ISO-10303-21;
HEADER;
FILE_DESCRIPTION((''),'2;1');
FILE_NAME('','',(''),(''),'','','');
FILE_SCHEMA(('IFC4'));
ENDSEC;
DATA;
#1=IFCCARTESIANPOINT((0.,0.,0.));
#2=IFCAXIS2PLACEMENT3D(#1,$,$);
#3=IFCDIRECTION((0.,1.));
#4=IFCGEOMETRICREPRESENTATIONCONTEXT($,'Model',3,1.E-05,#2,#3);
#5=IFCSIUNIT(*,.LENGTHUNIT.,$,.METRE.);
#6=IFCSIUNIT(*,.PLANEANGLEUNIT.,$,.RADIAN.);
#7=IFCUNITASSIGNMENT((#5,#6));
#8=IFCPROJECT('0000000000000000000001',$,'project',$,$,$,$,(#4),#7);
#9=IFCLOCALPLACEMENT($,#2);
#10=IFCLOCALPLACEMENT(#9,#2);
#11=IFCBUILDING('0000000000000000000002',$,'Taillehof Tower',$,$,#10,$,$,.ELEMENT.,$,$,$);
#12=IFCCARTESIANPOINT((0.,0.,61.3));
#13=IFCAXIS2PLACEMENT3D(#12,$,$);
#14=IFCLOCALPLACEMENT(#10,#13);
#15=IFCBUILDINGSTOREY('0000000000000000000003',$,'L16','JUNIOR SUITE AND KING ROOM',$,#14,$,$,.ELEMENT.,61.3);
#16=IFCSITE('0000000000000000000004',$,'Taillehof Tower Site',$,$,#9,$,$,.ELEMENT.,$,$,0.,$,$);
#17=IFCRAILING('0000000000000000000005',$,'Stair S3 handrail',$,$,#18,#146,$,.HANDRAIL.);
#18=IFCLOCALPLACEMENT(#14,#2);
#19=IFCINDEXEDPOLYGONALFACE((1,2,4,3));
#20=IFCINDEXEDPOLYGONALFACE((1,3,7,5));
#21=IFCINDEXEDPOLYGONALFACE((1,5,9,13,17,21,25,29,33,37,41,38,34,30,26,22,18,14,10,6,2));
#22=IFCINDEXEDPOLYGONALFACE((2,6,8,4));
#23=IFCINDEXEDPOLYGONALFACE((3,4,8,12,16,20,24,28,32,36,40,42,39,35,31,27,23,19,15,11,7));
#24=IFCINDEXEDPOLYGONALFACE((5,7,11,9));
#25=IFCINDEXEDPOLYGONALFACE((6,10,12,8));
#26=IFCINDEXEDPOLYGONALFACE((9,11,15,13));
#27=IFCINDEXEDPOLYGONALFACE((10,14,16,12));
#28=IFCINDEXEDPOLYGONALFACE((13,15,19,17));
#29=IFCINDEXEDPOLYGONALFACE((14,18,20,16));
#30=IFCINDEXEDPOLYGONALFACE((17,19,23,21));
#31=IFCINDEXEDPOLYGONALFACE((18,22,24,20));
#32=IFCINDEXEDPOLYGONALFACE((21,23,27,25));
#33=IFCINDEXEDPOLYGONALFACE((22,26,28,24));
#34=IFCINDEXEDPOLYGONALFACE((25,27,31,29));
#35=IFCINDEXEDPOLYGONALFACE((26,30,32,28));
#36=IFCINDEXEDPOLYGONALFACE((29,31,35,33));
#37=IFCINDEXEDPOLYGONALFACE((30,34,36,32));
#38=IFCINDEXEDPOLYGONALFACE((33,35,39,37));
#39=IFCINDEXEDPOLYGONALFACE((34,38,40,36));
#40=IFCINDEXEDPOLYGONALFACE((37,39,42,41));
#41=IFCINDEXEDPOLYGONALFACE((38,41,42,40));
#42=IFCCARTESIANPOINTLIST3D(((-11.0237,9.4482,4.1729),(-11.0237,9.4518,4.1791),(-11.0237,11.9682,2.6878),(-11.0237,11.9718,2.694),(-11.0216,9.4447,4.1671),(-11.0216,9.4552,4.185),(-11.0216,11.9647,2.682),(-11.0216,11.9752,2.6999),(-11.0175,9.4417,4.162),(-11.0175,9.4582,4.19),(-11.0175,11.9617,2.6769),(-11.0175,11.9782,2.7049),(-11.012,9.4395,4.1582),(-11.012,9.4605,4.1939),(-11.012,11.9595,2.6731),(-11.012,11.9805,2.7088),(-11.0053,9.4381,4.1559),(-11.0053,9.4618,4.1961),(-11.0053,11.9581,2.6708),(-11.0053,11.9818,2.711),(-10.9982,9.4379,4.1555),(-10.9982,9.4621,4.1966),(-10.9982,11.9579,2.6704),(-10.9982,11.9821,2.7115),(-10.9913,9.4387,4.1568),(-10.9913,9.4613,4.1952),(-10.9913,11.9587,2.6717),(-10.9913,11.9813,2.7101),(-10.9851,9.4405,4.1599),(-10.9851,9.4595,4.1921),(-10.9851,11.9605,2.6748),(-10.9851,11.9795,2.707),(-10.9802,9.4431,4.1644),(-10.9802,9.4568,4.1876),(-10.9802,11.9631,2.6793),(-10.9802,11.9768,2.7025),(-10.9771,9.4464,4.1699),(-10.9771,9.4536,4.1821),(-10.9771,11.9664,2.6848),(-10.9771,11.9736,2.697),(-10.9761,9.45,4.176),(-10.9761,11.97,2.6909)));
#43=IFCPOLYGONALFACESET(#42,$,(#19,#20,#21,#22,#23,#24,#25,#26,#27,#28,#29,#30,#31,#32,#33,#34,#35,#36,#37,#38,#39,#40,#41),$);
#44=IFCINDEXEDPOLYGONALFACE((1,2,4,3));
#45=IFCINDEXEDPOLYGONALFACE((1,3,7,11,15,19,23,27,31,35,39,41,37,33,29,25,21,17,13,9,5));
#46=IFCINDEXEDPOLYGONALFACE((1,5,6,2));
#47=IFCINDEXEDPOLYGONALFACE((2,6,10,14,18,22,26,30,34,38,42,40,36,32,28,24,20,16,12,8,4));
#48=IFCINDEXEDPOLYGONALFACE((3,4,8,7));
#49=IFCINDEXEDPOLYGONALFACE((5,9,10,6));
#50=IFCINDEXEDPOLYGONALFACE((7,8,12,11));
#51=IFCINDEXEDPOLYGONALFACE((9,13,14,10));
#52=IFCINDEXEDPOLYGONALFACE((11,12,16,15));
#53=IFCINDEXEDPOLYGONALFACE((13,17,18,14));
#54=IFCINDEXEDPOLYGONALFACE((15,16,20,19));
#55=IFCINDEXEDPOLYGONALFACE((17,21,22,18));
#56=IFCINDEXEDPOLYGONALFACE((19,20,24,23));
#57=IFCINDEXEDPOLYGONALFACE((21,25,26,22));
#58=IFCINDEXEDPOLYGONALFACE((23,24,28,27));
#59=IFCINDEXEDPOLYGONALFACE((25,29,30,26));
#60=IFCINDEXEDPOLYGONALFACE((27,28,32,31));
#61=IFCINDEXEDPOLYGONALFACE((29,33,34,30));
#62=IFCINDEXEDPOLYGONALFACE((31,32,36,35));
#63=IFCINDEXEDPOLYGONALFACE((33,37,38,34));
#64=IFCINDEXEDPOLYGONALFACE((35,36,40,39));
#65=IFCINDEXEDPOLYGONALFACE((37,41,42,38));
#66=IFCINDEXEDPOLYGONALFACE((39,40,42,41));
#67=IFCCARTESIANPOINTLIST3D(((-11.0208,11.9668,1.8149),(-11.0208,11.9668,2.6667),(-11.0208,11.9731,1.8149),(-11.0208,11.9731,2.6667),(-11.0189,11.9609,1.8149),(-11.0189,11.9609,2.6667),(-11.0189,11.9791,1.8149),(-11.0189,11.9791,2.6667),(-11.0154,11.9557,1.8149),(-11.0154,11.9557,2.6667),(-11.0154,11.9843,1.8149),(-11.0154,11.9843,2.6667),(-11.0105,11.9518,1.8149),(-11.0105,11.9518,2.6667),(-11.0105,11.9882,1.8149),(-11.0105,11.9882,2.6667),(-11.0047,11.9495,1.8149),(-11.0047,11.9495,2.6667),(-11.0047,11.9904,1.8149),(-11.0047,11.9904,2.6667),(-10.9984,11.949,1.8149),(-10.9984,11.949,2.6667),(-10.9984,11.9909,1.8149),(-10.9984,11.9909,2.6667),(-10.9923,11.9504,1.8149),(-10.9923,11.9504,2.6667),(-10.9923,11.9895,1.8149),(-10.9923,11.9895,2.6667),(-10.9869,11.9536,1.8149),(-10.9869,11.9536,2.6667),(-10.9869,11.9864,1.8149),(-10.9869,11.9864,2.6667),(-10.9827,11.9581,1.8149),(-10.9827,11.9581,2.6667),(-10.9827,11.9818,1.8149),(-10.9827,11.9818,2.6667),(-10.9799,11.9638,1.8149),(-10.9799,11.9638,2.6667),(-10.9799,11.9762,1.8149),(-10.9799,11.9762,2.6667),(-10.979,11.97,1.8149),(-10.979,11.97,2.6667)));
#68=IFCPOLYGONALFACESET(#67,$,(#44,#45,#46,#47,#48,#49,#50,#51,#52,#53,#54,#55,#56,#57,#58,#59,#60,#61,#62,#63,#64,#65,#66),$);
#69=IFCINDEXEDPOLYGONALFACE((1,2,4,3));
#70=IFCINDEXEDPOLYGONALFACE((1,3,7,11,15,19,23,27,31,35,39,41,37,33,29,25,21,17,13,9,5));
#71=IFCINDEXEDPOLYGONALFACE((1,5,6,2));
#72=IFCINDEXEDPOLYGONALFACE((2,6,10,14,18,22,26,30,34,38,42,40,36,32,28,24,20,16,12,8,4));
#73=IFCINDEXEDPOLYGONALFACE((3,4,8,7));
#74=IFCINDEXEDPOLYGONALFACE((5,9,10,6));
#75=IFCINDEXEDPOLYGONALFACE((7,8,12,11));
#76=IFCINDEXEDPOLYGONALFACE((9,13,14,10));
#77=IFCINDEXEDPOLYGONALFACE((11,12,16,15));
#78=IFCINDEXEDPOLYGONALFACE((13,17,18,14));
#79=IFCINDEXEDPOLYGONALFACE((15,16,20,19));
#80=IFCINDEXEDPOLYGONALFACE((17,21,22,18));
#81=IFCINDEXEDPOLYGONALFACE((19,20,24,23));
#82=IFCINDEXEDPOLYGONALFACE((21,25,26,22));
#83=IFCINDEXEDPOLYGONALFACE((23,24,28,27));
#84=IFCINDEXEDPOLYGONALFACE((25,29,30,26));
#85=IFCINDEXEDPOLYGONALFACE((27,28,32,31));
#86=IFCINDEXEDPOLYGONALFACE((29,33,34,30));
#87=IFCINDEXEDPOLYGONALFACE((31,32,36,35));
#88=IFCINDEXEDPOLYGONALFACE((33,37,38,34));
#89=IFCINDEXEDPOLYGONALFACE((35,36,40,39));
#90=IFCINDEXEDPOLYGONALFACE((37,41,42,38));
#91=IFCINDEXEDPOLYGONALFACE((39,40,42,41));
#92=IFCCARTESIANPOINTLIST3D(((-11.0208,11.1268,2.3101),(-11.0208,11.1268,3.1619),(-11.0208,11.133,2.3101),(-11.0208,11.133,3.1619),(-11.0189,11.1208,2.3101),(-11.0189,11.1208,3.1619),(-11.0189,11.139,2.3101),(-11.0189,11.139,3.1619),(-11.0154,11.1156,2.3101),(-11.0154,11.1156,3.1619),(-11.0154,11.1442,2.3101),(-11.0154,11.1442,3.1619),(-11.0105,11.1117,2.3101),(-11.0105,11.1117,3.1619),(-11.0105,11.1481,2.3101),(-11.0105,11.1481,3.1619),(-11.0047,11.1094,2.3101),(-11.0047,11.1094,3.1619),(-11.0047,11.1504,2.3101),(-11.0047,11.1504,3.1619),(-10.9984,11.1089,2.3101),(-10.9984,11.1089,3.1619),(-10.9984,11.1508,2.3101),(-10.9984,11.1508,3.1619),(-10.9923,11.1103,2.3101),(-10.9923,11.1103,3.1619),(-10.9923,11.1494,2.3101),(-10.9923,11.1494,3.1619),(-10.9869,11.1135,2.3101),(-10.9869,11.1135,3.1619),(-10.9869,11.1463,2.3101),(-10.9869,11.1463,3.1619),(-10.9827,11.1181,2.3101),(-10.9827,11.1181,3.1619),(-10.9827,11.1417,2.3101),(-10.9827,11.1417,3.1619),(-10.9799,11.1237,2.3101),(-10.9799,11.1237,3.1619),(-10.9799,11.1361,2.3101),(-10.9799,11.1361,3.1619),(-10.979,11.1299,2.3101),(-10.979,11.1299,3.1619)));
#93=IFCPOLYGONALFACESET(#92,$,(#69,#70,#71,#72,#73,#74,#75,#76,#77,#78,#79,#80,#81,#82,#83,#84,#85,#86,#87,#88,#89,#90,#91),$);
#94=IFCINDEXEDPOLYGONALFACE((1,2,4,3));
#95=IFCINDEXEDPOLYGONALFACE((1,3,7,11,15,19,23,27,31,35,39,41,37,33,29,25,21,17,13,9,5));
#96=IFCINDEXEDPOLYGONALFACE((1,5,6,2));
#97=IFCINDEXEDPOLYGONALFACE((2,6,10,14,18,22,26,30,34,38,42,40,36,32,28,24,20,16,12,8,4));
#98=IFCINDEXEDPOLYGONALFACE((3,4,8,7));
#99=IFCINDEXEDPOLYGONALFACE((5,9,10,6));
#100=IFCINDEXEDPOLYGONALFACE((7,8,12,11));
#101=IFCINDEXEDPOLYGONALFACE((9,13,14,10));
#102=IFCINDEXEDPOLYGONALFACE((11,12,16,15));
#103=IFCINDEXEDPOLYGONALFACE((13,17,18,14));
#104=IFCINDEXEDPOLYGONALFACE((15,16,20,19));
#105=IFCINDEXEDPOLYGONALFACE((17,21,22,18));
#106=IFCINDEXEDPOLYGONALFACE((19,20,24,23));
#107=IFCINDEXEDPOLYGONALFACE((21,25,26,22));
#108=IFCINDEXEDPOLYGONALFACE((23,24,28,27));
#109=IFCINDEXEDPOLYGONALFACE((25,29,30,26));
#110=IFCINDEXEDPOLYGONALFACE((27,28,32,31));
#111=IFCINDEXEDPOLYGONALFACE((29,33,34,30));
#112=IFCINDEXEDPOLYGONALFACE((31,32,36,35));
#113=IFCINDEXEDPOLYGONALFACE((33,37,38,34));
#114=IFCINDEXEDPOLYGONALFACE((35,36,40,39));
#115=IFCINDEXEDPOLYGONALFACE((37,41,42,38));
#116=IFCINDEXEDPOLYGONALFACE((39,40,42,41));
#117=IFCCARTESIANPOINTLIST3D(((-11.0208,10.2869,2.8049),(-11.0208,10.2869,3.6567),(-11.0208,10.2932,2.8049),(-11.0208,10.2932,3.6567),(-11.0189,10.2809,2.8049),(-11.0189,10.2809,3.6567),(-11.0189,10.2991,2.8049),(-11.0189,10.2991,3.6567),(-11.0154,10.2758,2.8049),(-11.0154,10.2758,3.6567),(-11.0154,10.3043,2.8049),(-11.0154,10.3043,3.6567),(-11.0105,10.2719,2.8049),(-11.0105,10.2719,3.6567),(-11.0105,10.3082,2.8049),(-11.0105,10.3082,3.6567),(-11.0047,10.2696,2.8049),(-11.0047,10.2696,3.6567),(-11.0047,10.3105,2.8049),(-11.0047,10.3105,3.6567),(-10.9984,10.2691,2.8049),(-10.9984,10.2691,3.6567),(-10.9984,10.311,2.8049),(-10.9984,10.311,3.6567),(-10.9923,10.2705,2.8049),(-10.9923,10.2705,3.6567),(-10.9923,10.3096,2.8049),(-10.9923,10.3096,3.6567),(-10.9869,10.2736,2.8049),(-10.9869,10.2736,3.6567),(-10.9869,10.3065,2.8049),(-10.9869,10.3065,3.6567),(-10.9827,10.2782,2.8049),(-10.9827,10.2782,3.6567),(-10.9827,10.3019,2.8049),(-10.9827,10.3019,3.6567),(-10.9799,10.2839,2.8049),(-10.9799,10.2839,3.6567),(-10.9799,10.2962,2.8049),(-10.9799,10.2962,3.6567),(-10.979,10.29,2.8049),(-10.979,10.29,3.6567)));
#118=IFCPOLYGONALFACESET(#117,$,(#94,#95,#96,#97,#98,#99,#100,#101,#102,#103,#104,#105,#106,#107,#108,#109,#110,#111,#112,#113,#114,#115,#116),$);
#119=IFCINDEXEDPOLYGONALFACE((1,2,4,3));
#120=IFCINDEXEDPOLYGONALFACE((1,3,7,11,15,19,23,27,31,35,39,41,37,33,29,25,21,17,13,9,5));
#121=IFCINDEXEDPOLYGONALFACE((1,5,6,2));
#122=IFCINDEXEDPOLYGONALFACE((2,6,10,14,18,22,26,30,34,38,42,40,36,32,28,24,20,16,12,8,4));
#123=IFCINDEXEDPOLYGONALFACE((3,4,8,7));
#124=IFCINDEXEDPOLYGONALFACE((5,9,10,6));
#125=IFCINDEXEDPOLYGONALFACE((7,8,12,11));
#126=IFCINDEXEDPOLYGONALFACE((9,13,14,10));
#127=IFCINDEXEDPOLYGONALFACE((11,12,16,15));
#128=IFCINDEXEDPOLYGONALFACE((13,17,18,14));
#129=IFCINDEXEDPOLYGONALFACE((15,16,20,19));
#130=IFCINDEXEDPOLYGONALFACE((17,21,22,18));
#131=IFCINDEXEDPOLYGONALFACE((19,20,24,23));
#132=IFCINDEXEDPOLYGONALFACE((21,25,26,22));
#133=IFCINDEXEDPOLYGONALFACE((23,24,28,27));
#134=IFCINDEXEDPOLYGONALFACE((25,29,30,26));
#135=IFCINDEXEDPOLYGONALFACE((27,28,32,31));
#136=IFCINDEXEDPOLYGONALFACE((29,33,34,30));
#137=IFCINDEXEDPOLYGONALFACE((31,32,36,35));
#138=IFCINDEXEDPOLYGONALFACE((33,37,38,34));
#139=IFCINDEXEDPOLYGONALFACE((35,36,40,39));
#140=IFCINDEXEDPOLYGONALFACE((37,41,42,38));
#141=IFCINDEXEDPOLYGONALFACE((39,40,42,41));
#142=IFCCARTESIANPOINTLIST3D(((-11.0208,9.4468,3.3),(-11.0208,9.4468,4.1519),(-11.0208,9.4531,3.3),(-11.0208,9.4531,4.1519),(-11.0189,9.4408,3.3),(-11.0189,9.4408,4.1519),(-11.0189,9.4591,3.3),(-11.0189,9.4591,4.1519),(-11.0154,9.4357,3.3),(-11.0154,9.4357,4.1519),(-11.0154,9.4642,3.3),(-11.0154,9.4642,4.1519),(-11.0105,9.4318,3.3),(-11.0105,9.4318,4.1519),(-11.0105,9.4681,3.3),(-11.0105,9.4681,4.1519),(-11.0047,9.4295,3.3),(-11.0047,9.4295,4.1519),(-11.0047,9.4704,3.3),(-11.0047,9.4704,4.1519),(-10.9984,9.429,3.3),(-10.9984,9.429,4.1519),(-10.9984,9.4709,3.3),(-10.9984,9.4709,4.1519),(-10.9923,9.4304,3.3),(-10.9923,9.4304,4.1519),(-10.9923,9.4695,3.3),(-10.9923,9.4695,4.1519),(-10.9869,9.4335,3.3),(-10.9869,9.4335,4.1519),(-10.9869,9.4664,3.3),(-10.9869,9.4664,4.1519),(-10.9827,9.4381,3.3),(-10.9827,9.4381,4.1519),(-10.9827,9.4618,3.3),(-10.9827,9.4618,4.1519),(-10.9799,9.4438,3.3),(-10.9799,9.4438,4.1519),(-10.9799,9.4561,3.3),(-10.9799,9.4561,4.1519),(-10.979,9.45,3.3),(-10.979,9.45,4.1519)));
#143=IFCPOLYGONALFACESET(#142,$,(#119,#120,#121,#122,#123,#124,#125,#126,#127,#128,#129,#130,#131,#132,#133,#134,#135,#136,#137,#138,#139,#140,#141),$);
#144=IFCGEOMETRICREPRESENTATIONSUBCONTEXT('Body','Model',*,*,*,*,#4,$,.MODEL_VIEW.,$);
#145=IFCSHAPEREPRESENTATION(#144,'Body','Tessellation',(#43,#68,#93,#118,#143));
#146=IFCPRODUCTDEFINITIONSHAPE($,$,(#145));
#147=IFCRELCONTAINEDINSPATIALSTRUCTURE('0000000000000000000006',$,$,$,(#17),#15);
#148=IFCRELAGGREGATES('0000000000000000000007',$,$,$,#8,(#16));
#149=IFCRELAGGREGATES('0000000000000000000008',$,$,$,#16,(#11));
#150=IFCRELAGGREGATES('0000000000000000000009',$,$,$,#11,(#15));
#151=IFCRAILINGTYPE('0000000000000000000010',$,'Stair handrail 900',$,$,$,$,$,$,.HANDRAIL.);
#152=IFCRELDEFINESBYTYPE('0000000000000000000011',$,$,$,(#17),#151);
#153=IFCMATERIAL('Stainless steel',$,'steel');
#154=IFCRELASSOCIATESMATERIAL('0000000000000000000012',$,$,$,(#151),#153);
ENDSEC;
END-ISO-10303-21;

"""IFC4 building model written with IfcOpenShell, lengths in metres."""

from ifc_helpers import new_model, si_unit, direction, frame, origin, origin_2d, place, context, subcontext, project, spatial, circle, extrude, material, type_object, element, save


model = new_model("IFC4")

# Units and contexts
model_context = context("Model", 3, precision=1e-05, world=origin(), true_north=direction((0.0, 1.0)))
body_context = subcontext(model_context, "Body", "Model", "MODEL_VIEW")
ifc_project = project(units=[si_unit("LENGTHUNIT", "METRE"), si_unit("PLANEANGLEUNIT", "RADIAN")], contexts=[model_context])

# Site, building, storey
site_placement = place(None, origin())
site = spatial("IfcSite", under=ifc_project, at=site_placement, Name="Taillehof Tower Site", CompositionType="ELEMENT", RefElevation=0.0)
building_placement = place(site_placement, origin())
building = spatial("IfcBuilding", under=site, at=building_placement, Name="Taillehof Tower", CompositionType="ELEMENT")
storey_placement = place(building_placement, frame((0.0, 0.0, 61.3)))
storey = spatial("IfcBuildingStorey", under=building, at=storey_placement, Name="L16", Description="JUNIOR SUITE AND KING ROOM", CompositionType="ELEMENT", Elevation=61.3)

# Railing
ifc_material_1 = material(Name="Stainless steel", Category="steel")
railing_type = type_object("IfcRailingType", Name="Stair handrail 900", PredefinedType="HANDRAIL", material=ifc_material_1)
railing_1_placement = place(storey_placement, frame((-11.0, 11.97, 1.8149)))
element("IfcRailing", 1, at=railing_1_placement, inside=storey, type_object=railing_type, Name="Stair S3 handrail", PredefinedType="HANDRAIL", context=body_context, shape_type="SweptSolid", body=[
    extrude(circle(Radius=0.0239, at=origin_2d()), frame((0.0, 0.0, 0.876), z_axis=(0.0, -0.861524, 0.507717), x_axis=(1.0, 0.0, 0.0)), (0.0, 0.0, 1.0), 2.925),
    extrude(circle(Radius=0.021, at=origin_2d()), origin(), (0.0, 0.0, 1.0), 0.8518),
    extrude(circle(Radius=0.021, at=origin_2d()), frame((0.0, -0.8401, 0.4951)), (0.0, 0.0, 1.0), 0.8518),
    extrude(circle(Radius=0.021, at=origin_2d()), frame((0.0, -1.6799, 0.99)), (0.0, 0.0, 1.0), 0.8518),
    extrude(circle(Radius=0.021, at=origin_2d()), frame((0.0, -2.52, 1.4851)), (0.0, 0.0, 1.0), 0.8518),
])

save(model, "model.ifc")
